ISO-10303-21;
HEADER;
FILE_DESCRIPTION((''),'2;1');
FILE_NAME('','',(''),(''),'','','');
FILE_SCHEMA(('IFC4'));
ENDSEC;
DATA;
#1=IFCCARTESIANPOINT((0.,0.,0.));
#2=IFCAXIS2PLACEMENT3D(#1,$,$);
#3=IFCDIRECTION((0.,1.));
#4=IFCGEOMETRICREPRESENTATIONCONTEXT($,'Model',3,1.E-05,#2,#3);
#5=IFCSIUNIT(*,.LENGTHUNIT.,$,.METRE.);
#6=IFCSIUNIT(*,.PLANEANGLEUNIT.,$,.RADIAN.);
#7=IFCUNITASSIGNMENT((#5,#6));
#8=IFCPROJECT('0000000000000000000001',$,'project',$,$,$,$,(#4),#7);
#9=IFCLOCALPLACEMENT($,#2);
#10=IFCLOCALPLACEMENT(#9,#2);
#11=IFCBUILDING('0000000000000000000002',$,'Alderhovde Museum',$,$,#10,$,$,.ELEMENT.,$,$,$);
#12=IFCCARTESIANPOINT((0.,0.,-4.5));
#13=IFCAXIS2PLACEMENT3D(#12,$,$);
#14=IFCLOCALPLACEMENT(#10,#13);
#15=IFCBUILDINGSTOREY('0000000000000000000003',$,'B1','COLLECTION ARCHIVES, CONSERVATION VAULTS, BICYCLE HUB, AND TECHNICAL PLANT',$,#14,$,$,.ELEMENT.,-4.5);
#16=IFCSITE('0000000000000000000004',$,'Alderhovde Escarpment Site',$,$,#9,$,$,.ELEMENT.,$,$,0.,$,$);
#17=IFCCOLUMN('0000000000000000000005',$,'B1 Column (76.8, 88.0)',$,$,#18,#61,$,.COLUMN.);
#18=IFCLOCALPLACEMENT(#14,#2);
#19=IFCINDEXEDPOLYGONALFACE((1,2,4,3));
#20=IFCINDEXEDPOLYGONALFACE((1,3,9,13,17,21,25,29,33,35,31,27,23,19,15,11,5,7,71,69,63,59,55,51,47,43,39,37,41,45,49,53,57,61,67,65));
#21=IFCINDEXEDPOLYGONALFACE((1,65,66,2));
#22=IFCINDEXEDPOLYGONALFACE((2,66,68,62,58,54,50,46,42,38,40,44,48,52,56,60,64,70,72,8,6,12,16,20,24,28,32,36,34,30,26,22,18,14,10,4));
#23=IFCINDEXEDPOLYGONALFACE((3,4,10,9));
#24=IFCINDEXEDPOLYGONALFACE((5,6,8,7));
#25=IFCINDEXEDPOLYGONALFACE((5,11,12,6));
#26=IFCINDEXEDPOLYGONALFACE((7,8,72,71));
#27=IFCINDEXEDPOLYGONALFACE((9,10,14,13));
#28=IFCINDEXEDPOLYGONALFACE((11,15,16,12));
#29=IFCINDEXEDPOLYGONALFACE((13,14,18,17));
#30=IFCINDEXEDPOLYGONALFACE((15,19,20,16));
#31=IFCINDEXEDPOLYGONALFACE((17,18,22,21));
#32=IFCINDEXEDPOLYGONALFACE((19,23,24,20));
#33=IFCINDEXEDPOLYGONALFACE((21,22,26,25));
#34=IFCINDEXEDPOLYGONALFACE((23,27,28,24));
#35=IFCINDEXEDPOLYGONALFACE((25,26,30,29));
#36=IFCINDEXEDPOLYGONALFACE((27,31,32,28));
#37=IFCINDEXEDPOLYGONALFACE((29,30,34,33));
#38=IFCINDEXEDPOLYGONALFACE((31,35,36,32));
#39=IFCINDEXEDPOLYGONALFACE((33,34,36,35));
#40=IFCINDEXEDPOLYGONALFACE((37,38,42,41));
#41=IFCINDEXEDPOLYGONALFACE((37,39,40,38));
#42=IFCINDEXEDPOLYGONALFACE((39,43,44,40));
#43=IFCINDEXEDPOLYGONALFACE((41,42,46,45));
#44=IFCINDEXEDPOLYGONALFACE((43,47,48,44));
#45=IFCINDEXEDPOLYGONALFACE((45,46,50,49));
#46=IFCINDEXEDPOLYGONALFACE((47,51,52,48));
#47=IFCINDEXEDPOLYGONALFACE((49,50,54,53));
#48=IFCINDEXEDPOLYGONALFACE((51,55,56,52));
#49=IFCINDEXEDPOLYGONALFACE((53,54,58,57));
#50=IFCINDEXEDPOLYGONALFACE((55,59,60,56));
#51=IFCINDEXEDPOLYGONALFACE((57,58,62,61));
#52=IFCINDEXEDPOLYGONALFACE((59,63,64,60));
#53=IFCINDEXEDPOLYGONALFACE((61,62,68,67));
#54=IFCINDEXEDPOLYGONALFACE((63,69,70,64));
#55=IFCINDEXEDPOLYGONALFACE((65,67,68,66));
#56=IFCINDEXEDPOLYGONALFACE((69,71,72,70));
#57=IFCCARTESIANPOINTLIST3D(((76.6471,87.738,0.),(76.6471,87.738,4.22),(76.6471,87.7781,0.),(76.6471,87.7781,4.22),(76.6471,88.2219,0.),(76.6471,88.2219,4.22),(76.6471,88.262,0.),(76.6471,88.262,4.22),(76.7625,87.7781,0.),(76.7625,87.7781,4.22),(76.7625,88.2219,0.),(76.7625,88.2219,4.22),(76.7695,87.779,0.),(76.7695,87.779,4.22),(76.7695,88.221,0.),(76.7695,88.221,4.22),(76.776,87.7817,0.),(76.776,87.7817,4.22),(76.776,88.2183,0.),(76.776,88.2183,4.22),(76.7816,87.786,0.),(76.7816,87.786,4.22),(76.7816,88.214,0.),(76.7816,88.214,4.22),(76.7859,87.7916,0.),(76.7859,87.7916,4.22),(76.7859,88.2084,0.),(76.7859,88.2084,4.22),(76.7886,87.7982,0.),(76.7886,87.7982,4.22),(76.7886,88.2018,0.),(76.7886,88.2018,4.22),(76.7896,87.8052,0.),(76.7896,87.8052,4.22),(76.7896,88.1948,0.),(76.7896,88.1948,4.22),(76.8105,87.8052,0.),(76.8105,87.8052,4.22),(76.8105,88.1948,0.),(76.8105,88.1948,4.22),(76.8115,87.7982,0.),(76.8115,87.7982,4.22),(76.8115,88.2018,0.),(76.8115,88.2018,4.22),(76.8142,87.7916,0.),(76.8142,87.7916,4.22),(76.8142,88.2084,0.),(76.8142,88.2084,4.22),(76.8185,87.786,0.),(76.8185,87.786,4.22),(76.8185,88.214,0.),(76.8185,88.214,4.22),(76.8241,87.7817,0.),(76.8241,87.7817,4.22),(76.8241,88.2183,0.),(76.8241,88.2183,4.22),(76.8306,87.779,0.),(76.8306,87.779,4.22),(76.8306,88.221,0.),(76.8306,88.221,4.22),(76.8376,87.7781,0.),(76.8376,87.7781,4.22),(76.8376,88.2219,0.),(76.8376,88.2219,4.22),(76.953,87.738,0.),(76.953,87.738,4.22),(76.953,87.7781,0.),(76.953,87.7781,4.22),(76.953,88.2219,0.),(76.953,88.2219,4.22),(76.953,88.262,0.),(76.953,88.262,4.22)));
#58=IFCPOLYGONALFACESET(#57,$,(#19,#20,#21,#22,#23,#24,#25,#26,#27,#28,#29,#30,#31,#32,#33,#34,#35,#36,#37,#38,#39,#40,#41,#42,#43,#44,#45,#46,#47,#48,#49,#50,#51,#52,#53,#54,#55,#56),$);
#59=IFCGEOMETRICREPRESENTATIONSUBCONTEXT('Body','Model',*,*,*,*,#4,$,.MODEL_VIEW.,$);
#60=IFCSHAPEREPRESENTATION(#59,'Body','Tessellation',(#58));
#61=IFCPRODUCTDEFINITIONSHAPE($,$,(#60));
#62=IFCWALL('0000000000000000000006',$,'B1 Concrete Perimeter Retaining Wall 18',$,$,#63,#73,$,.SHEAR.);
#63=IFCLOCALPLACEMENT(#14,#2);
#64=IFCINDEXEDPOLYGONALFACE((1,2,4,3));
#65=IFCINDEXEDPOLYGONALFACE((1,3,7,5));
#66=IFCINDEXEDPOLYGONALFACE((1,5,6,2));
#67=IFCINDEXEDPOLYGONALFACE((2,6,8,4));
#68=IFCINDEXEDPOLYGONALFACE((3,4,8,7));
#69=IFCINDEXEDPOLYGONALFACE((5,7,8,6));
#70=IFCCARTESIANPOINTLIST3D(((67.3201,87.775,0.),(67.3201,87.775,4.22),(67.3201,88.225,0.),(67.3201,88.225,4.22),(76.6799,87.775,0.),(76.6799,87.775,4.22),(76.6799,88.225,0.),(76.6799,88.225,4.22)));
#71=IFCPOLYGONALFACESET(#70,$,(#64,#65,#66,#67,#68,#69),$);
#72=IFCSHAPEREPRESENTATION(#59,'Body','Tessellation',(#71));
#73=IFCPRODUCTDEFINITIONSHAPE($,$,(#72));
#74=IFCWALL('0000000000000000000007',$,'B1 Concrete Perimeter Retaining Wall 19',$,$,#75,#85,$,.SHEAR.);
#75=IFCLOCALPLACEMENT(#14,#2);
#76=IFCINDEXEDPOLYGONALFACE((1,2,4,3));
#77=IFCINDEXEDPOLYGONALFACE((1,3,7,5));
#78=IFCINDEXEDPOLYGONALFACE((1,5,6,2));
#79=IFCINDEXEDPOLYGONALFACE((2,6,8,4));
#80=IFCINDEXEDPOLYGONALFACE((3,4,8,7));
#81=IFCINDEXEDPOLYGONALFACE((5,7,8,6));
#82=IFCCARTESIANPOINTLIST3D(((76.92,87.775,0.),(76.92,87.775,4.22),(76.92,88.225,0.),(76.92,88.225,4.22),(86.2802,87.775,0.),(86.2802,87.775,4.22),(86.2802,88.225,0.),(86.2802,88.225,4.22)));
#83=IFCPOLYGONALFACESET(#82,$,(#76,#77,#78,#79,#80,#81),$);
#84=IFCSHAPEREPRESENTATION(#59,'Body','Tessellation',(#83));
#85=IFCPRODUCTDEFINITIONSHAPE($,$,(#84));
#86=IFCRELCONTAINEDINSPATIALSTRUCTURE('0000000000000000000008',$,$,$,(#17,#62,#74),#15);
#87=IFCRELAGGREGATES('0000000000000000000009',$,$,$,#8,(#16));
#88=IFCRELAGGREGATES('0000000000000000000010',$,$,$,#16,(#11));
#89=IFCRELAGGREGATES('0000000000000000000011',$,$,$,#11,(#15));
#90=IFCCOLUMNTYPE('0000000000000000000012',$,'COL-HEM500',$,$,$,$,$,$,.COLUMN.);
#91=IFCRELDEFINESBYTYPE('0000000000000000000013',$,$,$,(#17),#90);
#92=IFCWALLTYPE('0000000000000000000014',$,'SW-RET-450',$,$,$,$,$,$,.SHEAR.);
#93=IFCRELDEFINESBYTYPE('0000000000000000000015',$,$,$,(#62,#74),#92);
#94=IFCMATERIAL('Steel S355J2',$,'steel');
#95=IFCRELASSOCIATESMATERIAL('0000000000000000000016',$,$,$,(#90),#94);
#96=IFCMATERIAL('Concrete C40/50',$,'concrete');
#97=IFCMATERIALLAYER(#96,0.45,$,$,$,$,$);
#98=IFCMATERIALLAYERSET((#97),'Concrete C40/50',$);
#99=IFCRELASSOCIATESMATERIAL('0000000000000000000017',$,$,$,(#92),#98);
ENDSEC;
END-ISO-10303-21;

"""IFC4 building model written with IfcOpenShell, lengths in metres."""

from ifc_helpers import new_model, si_unit, direction, frame, frame_2d, origin, origin_2d, place, context, subcontext, project, spatial, rectangle, i_section, extrude, material, layer, layer_set, material_profile, profile_set, type_object, element, save


model = new_model("IFC4")

# Units and contexts
model_context = context("Model", 3, precision=1e-05, world=origin(), true_north=direction((0.0, 1.0)))
body_context = subcontext(model_context, "Body", "Model", "MODEL_VIEW")
ifc_project = project(units=[si_unit("LENGTHUNIT", "METRE"), si_unit("PLANEANGLEUNIT", "RADIAN")], contexts=[model_context])

# Site, building, storey
site_placement = place(None, origin())
site = spatial("IfcSite", under=ifc_project, at=site_placement, Name="Alderhovde Escarpment Site", CompositionType="ELEMENT", RefElevation=0.0)
building_placement = place(site_placement, origin())
building = spatial("IfcBuilding", under=site, at=building_placement, Name="Alderhovde Museum", CompositionType="ELEMENT")
storey_placement = place(building_placement, frame((0.0, 0.0, -4.5)))
storey = spatial("IfcBuildingStorey", under=building, at=storey_placement, Name="B1", Description="COLLECTION ARCHIVES, CONSERVATION VAULTS, BICYCLE HUB, AND TECHNICAL PLANT", CompositionType="ELEMENT", Elevation=-4.5)

# Column
ifc_material_1 = material(Name="Steel S355J2", Category="steel")
ifc_material_profile_1 = material_profile(ifc_material_1, i_section(OverallWidth=0.3059, OverallDepth=0.5239, WebThickness=0.021, FlangeThickness=0.04, FilletRadius=0.0271, at=origin_2d()), Name="HEM 500")
ifc_profile_set_1 = profile_set([ifc_material_profile_1], Name="Steel S355J2")
column_type = type_object("IfcColumnType", Name="COL-HEM500", PredefinedType="COLUMN", material=ifc_profile_set_1)
for number, where, z_axis, x_axis, name in (
    (1, (76.8, 88.0, 0.0), (0.0, 0.0, 1.0), (1.0, 0.0, 0.0), "B1 Column (76.8, 88.0)"),
):
    element("IfcColumn", number, at=place(storey_placement, frame(where, z_axis=z_axis, x_axis=x_axis)), inside=storey, type_object=column_type, Name=name, PredefinedType="COLUMN", context=body_context, shape_type="SweptSolid", body=[
        extrude(i_section(OverallWidth=0.3059, OverallDepth=0.5239, WebThickness=0.021, FlangeThickness=0.04, FilletRadius=0.0271, at=origin_2d()), origin(), (0.0, 0.0, 1.0), 4.22),
    ])

# Walls
ifc_material_2 = material(Name="Concrete C40/50", Category="concrete")
ifc_layer = layer(ifc_material_2, 0.45)
ifc_layer_set = layer_set([ifc_layer], Name="Concrete C40/50")
wall_type = type_object("IfcWallType", Name="SW-RET-450", PredefinedType="SHEAR", material=ifc_layer_set)
wall_1_placement = place(storey_placement, frame((67.3201, 88.0, 0.0), z_axis=(0.0, 0.0, 1.0), x_axis=(1.0, 0.0, 0.0)))
element("IfcWall", 2, at=wall_1_placement, inside=storey, type_object=wall_type, Name="B1 Concrete Perimeter Retaining Wall 18", PredefinedType="SHEAR", context=body_context, shape_type="SweptSolid", body=[
    extrude(rectangle(XDim=9.3599, YDim=0.45, at=frame_2d((4.6799, 0.0))), origin(), (0.0, 0.0, 1.0), 4.22),
])
wall_2_placement = place(storey_placement, frame((76.9199, 88.0, 0.0), z_axis=(0.0, 0.0, 1.0), x_axis=(1.0, 0.0, 0.0)))
element("IfcWall", 3, at=wall_2_placement, inside=storey, type_object=wall_type, Name="B1 Concrete Perimeter Retaining Wall 19", PredefinedType="SHEAR", context=body_context, shape_type="SweptSolid", body=[
    extrude(rectangle(XDim=9.3601, YDim=0.45, at=frame_2d((4.6802, 0.0))), origin(), (0.0, 0.0, 1.0), 4.22),
])

save(model, "model.ifc")
